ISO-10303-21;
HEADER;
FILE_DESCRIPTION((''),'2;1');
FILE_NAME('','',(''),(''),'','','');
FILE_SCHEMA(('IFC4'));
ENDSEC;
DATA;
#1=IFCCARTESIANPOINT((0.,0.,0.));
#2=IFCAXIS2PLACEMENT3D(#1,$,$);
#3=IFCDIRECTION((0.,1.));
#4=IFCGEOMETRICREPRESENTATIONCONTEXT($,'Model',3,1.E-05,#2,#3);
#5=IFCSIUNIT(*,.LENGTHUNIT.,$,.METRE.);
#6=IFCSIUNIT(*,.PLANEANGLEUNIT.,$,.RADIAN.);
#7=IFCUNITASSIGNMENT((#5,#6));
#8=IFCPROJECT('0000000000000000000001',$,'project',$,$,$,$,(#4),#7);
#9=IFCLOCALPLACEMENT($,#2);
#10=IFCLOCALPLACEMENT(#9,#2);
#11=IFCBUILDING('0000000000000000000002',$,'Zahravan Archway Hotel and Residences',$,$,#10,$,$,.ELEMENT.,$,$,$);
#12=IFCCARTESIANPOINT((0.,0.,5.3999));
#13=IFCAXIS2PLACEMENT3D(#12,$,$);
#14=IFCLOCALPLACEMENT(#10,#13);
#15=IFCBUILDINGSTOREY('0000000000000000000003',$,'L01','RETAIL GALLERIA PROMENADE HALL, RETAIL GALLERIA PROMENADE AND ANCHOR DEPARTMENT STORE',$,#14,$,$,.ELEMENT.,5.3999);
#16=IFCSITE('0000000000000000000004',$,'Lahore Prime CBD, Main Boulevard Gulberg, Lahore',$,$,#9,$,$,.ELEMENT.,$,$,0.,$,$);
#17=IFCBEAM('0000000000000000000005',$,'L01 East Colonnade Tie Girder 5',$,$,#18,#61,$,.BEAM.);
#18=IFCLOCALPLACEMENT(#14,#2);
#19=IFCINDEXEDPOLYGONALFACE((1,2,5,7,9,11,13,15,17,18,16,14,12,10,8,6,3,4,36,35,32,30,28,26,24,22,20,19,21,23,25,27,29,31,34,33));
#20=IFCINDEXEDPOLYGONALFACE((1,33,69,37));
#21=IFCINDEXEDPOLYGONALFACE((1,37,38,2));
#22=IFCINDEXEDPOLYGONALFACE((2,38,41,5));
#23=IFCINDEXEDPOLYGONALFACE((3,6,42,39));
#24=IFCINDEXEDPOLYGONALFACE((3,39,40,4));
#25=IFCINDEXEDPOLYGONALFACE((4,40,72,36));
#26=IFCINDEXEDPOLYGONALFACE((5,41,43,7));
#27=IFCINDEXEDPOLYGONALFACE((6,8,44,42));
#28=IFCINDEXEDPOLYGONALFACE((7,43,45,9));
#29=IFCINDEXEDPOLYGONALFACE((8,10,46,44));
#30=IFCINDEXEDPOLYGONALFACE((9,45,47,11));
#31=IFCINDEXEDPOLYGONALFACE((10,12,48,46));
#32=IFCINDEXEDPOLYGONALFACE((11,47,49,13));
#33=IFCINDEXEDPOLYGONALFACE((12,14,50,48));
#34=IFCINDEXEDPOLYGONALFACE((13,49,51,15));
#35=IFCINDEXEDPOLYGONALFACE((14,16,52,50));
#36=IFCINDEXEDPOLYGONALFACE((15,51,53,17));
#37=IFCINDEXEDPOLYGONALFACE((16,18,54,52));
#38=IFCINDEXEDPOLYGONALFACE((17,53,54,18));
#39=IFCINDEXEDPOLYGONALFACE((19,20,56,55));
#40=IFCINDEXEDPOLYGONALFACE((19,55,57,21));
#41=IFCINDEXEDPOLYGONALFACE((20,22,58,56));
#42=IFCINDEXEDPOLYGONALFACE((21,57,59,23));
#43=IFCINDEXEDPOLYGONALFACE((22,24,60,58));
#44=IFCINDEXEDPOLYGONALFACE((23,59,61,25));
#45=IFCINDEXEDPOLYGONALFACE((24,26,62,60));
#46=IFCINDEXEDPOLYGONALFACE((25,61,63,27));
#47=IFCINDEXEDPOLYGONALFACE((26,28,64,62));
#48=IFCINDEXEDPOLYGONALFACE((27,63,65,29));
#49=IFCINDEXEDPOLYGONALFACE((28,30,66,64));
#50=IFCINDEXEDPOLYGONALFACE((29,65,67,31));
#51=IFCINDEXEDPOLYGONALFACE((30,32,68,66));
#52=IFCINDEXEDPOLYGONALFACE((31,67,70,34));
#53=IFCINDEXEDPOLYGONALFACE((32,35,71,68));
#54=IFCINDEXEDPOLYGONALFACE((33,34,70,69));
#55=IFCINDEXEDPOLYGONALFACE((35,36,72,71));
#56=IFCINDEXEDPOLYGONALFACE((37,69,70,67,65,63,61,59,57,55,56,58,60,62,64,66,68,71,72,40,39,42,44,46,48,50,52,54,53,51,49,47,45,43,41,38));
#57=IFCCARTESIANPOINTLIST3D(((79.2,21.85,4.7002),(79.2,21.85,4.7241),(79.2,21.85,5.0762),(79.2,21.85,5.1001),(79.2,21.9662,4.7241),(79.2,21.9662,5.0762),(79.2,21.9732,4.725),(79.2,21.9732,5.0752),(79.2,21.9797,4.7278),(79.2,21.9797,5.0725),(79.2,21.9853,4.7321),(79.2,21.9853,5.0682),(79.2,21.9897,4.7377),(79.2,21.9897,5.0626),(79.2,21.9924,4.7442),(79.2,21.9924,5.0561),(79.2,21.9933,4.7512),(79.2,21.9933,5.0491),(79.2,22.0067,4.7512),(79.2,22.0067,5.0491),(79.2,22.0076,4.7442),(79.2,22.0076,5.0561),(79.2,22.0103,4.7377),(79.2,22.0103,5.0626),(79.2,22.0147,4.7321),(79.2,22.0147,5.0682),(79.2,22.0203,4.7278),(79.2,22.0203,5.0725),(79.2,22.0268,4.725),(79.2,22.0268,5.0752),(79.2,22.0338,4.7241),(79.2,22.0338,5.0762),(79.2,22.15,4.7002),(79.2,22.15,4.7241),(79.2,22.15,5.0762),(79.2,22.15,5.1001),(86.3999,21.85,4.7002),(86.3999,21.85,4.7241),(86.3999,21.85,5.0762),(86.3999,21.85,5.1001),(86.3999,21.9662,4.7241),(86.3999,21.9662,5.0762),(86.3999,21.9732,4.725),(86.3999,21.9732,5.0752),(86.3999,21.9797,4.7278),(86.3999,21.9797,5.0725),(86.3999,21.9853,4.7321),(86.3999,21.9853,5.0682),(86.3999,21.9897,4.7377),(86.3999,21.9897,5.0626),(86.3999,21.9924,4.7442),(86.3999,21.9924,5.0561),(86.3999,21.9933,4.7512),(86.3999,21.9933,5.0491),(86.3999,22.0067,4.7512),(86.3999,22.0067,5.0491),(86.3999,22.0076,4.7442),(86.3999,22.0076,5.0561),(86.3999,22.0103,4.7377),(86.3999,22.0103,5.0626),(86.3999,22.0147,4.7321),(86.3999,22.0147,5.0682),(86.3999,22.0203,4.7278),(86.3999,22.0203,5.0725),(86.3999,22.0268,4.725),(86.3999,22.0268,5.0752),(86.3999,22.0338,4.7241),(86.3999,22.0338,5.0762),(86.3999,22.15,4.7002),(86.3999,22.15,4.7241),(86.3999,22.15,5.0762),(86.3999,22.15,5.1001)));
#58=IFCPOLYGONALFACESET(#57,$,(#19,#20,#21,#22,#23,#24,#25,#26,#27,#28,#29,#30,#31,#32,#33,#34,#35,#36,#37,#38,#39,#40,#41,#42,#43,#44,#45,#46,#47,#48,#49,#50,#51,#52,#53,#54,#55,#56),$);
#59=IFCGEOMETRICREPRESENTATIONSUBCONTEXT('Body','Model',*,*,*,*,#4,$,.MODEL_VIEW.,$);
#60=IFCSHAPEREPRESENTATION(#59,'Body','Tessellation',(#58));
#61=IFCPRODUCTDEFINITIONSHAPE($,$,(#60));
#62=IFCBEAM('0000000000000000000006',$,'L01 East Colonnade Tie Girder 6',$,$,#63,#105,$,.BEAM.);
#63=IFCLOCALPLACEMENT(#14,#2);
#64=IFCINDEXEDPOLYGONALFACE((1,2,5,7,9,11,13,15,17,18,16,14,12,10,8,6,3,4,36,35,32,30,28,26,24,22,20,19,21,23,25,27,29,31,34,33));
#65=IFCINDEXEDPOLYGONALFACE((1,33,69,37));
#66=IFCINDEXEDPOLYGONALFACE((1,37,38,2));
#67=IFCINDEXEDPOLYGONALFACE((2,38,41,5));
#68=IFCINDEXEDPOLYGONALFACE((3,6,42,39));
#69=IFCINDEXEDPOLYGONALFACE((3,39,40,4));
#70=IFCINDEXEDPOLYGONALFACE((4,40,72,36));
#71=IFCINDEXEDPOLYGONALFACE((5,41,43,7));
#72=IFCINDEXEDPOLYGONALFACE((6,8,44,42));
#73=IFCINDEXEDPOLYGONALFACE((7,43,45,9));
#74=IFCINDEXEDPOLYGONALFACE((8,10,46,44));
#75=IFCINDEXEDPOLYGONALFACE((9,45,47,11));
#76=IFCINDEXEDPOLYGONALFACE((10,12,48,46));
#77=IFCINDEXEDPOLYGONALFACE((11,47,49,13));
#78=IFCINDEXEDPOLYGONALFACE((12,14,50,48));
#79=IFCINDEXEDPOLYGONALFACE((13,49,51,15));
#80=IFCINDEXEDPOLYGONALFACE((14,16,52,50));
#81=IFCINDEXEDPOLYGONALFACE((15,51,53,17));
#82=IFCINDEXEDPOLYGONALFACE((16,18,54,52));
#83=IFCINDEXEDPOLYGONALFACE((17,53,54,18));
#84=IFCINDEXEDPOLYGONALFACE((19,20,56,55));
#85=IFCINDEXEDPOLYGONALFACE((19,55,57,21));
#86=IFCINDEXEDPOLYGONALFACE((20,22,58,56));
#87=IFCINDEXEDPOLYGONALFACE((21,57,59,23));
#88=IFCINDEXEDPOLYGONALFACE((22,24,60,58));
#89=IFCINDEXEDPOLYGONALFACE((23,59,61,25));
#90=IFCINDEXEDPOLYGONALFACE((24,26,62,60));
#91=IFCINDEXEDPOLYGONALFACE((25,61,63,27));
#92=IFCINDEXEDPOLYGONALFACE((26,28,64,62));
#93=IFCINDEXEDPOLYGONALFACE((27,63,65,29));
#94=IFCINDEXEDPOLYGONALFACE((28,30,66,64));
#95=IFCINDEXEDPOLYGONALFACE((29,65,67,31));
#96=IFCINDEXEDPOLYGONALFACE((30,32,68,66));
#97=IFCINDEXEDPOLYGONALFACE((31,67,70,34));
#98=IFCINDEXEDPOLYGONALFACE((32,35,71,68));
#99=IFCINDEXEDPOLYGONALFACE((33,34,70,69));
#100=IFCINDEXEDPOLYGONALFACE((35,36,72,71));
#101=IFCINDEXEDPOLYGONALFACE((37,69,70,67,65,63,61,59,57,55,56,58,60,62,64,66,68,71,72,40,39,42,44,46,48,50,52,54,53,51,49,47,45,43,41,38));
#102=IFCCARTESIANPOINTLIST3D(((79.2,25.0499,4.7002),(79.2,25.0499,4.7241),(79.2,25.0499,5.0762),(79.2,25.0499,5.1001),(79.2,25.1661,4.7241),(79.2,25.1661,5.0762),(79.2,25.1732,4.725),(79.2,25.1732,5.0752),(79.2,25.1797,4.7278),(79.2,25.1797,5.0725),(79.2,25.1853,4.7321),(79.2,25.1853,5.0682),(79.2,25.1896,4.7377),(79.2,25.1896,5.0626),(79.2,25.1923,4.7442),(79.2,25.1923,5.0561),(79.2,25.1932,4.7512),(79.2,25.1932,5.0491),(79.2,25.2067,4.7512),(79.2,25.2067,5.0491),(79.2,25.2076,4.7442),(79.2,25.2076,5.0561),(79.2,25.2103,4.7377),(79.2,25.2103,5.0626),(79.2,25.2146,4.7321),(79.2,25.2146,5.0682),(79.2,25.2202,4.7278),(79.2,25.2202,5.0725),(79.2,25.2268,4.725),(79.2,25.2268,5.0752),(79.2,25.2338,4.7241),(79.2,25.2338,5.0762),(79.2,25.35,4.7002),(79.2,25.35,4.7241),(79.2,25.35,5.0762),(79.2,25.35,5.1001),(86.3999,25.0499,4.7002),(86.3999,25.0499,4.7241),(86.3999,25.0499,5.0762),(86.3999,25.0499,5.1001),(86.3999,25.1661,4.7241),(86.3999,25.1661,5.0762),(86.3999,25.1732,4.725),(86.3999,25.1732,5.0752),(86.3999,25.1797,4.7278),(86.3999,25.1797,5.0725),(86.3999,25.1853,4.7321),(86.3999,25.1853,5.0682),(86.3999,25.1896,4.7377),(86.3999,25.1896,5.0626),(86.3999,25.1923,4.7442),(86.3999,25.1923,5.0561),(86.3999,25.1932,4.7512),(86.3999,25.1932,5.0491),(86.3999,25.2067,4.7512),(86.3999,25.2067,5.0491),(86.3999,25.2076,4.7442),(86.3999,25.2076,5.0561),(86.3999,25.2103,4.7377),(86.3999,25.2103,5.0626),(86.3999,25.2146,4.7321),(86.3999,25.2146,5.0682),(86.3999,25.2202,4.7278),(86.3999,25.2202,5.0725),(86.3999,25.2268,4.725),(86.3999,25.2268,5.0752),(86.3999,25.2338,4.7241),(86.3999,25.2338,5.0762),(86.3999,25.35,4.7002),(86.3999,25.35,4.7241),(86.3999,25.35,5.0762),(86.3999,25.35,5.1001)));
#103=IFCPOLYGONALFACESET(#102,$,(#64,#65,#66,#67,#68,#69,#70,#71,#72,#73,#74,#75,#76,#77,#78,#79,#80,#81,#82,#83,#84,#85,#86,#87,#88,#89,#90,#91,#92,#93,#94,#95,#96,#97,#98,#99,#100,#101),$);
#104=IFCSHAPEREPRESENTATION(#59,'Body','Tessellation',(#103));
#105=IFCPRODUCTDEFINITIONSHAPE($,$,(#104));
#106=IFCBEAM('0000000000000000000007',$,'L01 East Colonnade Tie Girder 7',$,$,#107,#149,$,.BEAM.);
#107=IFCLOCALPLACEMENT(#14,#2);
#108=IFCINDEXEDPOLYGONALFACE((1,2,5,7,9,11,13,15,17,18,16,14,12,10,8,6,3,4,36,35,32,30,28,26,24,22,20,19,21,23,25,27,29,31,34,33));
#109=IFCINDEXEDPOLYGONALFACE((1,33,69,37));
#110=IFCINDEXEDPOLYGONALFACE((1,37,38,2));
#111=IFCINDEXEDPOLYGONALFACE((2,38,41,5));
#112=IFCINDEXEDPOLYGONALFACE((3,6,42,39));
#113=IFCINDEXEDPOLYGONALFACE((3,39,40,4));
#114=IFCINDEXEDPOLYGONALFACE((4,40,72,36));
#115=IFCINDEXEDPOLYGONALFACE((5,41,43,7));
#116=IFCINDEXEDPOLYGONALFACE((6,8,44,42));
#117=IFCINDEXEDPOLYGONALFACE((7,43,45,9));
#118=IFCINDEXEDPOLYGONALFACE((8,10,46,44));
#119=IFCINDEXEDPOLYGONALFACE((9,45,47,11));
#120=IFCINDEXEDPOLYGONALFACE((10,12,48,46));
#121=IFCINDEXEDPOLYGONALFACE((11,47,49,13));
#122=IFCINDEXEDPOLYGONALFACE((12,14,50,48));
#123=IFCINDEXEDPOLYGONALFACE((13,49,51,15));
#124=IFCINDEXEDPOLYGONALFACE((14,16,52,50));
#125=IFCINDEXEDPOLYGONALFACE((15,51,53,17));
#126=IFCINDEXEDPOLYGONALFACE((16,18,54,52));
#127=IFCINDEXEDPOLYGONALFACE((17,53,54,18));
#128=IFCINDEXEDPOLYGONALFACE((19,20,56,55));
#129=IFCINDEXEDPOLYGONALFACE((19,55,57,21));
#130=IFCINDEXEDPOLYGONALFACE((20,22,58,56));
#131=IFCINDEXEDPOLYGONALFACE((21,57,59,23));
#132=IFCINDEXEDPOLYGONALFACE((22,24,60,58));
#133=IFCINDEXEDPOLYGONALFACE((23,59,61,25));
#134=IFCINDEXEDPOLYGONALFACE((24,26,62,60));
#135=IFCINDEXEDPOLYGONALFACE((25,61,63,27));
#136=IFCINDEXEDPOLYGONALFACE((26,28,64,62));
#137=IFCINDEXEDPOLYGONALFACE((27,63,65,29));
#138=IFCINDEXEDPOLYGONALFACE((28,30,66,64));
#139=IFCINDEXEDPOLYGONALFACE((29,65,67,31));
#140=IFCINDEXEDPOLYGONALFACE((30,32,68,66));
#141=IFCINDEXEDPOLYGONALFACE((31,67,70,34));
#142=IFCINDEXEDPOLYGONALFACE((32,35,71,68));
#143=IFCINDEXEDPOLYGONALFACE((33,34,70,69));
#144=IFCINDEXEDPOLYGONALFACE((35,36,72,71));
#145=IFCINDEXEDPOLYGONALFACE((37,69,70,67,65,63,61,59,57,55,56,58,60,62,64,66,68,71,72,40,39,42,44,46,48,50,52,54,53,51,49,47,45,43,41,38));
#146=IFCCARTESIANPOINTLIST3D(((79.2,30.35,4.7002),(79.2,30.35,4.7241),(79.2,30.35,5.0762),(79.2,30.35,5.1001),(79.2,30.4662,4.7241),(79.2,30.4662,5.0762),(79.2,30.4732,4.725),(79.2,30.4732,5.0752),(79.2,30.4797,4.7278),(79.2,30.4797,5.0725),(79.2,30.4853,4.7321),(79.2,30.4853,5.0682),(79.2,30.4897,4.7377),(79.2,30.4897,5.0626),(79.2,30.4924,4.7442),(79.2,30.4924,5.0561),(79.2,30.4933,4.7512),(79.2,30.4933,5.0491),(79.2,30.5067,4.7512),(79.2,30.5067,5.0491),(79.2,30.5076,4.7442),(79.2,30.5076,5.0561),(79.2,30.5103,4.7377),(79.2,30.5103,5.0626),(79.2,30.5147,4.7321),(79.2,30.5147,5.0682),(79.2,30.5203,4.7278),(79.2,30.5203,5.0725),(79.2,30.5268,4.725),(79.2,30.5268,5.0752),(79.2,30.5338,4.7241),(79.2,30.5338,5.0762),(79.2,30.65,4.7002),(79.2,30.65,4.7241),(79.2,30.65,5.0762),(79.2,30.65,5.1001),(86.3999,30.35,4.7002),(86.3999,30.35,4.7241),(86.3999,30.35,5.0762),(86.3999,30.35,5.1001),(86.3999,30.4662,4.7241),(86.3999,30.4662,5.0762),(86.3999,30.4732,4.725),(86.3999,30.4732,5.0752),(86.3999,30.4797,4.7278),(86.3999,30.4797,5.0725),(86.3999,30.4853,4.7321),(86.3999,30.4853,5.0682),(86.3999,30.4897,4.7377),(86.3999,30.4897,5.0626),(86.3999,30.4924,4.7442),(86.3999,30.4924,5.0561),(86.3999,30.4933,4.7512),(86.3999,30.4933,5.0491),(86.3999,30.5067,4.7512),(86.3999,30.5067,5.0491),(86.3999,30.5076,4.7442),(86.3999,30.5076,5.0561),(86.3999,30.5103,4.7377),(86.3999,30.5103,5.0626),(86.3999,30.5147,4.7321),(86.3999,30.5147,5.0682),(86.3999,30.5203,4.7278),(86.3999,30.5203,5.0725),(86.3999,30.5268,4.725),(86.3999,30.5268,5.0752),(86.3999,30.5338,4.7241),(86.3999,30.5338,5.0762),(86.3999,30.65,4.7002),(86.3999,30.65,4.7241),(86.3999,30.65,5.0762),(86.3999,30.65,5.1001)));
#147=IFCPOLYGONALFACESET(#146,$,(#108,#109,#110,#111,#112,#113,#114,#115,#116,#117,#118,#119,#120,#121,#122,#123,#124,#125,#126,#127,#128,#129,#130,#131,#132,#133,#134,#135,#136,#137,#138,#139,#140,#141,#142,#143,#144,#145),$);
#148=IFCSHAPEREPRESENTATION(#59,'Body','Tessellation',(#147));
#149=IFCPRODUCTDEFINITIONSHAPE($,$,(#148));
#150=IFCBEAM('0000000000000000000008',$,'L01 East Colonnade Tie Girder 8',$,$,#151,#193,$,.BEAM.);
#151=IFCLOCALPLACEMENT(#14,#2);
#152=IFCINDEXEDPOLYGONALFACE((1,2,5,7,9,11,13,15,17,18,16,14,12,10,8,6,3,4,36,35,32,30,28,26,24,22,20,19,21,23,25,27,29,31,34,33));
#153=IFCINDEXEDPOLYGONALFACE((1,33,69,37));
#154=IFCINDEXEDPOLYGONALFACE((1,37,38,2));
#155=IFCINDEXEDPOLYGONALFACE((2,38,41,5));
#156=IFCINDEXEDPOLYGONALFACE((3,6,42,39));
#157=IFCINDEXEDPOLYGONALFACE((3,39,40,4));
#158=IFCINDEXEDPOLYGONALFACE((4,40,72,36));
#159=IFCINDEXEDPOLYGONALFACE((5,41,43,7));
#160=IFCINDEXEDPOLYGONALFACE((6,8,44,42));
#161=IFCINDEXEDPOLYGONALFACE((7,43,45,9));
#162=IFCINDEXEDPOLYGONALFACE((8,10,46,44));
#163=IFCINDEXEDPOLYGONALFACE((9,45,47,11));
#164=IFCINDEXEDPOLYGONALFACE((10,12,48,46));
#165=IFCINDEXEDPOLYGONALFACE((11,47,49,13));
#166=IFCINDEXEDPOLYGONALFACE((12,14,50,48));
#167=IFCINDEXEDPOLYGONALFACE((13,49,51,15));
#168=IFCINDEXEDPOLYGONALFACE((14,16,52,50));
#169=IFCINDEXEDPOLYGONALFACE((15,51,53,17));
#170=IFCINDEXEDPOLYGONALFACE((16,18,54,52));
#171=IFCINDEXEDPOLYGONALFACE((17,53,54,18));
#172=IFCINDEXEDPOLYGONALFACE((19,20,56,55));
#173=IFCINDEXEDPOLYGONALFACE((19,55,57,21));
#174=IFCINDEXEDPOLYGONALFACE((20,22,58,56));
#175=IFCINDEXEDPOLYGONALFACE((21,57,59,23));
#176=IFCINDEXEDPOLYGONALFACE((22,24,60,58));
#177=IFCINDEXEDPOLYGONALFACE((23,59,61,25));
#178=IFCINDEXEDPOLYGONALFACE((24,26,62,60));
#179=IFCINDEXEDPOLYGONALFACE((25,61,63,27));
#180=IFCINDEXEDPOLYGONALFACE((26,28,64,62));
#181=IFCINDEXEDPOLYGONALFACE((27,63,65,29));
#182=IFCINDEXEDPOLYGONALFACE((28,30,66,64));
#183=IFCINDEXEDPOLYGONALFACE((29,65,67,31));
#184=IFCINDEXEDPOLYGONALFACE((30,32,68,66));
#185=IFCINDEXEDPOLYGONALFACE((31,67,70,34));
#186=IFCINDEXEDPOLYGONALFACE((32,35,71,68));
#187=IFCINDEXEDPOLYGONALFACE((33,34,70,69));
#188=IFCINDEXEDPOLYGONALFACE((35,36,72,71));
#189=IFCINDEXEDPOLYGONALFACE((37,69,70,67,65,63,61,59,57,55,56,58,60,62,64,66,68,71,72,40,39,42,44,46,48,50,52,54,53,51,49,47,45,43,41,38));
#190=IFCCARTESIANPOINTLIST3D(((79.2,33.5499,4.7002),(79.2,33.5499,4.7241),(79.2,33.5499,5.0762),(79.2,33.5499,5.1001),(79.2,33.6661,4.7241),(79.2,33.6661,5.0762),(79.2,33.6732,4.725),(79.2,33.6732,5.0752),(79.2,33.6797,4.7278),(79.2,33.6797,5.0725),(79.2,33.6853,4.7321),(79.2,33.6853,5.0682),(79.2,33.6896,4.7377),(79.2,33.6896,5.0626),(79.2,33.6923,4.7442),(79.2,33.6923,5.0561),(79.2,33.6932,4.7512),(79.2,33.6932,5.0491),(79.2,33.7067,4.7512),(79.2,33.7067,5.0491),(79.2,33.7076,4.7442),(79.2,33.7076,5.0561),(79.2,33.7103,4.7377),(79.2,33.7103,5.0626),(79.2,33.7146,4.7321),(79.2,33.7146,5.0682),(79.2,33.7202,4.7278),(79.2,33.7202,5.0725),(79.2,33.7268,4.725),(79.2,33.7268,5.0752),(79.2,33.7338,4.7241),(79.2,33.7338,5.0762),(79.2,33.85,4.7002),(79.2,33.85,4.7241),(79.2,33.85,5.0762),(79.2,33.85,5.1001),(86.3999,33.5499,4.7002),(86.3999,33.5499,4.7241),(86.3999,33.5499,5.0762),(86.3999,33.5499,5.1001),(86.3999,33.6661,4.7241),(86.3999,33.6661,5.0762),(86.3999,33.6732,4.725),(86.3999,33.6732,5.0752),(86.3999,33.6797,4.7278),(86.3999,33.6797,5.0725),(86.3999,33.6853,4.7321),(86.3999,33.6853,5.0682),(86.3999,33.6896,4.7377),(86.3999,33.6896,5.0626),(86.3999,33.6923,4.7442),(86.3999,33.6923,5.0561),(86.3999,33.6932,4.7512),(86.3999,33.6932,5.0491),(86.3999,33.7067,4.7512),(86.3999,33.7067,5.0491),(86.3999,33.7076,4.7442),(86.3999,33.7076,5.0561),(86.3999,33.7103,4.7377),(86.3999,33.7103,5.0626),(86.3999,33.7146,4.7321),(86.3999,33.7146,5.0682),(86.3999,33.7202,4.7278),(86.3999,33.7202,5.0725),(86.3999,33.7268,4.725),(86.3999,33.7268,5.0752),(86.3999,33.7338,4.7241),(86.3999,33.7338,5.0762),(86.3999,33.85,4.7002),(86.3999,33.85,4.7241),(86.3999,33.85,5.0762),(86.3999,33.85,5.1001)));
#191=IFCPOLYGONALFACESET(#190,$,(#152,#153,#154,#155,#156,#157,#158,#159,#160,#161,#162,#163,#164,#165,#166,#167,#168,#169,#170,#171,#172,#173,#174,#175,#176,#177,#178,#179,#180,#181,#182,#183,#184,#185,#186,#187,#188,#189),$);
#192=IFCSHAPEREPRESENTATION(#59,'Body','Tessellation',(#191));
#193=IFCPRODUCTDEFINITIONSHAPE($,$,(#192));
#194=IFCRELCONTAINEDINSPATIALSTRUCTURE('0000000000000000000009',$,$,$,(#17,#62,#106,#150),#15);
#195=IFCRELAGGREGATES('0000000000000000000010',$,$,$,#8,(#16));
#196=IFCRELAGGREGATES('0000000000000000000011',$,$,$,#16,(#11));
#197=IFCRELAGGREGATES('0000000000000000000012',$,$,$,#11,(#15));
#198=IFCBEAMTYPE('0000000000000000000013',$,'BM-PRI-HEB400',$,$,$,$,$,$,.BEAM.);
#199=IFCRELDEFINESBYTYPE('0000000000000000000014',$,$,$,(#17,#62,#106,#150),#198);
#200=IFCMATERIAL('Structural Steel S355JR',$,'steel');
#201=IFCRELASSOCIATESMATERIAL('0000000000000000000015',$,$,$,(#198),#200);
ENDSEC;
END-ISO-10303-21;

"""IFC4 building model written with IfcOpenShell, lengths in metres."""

from ifc_helpers import new_model, si_unit, direction, frame, origin, origin_2d, place, context, subcontext, project, spatial, i_section, extrude, source, transform, mapped, material, material_profile, profile_set, type_object, type_shapes, element, save


model = new_model("IFC4")

# Units and contexts
model_context = context("Model", 3, precision=1e-05, world=origin(), true_north=direction((0.0, 1.0)))
body_context = subcontext(model_context, "Body", "Model", "MODEL_VIEW")
ifc_project = project(units=[si_unit("LENGTHUNIT", "METRE"), si_unit("PLANEANGLEUNIT", "RADIAN")], contexts=[model_context])

# Site, building, storey
site_placement = place(None, origin())
site = spatial("IfcSite", under=ifc_project, at=site_placement, Name="Lahore Prime CBD, Main Boulevard Gulberg, Lahore", CompositionType="ELEMENT", RefElevation=0.0)
building_placement = place(site_placement, origin())
building = spatial("IfcBuilding", under=site, at=building_placement, Name="Zahravan Archway Hotel and Residences", CompositionType="ELEMENT")
storey_placement = place(building_placement, frame((0.0, 0.0, 5.3999)))
storey = spatial("IfcBuildingStorey", under=building, at=storey_placement, Name="L01", Description="RETAIL GALLERIA PROMENADE HALL, RETAIL GALLERIA PROMENADE AND ANCHOR DEPARTMENT STORE", CompositionType="ELEMENT", Elevation=5.3999)

# Beams
ifc_material_1 = material(Name="Structural Steel S355JR", Category="steel")
ifc_material_profile_1 = material_profile(ifc_material_1, i_section(OverallWidth=0.3, OverallDepth=0.3999, WebThickness=0.0134, FlangeThickness=0.0239, FilletRadius=0.0271, at=origin_2d()), Name="HEB 400", Category="steel")
ifc_profile_set_1 = profile_set([ifc_material_profile_1], Name="Structural Steel S355JR")
beam_type_1 = type_object("IfcBeamType", Name="BM-PRI-HEB400", PredefinedType="BEAM", material=ifc_profile_set_1)
shared_shape_1 = source(origin(), body_context, "Body", "SweptSolid", [
    extrude(i_section(OverallWidth=0.3, OverallDepth=0.3999, WebThickness=0.0134, FlangeThickness=0.0239, FilletRadius=0.0271, at=origin_2d()), origin(), (0.0, 0.0, 1.0), 7.2),
])
type_shapes(beam_type_1, [shared_shape_1])
for number, where, z_axis, x_axis, name in (
    (1, (79.2, 22.0, 4.9001), (1.0, 0.0, 0.0), (0.0, 1.0, 0.0), "L01 East Colonnade Tie Girder 5"),
    (2, (79.2, 25.2, 4.9001), (1.0, 0.0, 0.0), (0.0, 1.0, 0.0), "L01 East Colonnade Tie Girder 6"),
    (3, (79.2, 30.5, 4.9001), (1.0, 0.0, 0.0), (0.0, 1.0, 0.0), "L01 East Colonnade Tie Girder 7"),
    (4, (79.2, 33.7, 4.9001), (1.0, 0.0, 0.0), (0.0, 1.0, 0.0), "L01 East Colonnade Tie Girder 8"),
):
    element("IfcBeam", number, at=place(storey_placement, frame(where, z_axis=z_axis, x_axis=x_axis)), inside=storey, type_object=beam_type_1, Name=name, PredefinedType="BEAM", context=body_context, shape_type="MappedRepresentation", body=[
        mapped(shared_shape_1, transform((0.0, 0.0, 0.0), scale=1.0)),
    ])

save(model, "model.ifc")
